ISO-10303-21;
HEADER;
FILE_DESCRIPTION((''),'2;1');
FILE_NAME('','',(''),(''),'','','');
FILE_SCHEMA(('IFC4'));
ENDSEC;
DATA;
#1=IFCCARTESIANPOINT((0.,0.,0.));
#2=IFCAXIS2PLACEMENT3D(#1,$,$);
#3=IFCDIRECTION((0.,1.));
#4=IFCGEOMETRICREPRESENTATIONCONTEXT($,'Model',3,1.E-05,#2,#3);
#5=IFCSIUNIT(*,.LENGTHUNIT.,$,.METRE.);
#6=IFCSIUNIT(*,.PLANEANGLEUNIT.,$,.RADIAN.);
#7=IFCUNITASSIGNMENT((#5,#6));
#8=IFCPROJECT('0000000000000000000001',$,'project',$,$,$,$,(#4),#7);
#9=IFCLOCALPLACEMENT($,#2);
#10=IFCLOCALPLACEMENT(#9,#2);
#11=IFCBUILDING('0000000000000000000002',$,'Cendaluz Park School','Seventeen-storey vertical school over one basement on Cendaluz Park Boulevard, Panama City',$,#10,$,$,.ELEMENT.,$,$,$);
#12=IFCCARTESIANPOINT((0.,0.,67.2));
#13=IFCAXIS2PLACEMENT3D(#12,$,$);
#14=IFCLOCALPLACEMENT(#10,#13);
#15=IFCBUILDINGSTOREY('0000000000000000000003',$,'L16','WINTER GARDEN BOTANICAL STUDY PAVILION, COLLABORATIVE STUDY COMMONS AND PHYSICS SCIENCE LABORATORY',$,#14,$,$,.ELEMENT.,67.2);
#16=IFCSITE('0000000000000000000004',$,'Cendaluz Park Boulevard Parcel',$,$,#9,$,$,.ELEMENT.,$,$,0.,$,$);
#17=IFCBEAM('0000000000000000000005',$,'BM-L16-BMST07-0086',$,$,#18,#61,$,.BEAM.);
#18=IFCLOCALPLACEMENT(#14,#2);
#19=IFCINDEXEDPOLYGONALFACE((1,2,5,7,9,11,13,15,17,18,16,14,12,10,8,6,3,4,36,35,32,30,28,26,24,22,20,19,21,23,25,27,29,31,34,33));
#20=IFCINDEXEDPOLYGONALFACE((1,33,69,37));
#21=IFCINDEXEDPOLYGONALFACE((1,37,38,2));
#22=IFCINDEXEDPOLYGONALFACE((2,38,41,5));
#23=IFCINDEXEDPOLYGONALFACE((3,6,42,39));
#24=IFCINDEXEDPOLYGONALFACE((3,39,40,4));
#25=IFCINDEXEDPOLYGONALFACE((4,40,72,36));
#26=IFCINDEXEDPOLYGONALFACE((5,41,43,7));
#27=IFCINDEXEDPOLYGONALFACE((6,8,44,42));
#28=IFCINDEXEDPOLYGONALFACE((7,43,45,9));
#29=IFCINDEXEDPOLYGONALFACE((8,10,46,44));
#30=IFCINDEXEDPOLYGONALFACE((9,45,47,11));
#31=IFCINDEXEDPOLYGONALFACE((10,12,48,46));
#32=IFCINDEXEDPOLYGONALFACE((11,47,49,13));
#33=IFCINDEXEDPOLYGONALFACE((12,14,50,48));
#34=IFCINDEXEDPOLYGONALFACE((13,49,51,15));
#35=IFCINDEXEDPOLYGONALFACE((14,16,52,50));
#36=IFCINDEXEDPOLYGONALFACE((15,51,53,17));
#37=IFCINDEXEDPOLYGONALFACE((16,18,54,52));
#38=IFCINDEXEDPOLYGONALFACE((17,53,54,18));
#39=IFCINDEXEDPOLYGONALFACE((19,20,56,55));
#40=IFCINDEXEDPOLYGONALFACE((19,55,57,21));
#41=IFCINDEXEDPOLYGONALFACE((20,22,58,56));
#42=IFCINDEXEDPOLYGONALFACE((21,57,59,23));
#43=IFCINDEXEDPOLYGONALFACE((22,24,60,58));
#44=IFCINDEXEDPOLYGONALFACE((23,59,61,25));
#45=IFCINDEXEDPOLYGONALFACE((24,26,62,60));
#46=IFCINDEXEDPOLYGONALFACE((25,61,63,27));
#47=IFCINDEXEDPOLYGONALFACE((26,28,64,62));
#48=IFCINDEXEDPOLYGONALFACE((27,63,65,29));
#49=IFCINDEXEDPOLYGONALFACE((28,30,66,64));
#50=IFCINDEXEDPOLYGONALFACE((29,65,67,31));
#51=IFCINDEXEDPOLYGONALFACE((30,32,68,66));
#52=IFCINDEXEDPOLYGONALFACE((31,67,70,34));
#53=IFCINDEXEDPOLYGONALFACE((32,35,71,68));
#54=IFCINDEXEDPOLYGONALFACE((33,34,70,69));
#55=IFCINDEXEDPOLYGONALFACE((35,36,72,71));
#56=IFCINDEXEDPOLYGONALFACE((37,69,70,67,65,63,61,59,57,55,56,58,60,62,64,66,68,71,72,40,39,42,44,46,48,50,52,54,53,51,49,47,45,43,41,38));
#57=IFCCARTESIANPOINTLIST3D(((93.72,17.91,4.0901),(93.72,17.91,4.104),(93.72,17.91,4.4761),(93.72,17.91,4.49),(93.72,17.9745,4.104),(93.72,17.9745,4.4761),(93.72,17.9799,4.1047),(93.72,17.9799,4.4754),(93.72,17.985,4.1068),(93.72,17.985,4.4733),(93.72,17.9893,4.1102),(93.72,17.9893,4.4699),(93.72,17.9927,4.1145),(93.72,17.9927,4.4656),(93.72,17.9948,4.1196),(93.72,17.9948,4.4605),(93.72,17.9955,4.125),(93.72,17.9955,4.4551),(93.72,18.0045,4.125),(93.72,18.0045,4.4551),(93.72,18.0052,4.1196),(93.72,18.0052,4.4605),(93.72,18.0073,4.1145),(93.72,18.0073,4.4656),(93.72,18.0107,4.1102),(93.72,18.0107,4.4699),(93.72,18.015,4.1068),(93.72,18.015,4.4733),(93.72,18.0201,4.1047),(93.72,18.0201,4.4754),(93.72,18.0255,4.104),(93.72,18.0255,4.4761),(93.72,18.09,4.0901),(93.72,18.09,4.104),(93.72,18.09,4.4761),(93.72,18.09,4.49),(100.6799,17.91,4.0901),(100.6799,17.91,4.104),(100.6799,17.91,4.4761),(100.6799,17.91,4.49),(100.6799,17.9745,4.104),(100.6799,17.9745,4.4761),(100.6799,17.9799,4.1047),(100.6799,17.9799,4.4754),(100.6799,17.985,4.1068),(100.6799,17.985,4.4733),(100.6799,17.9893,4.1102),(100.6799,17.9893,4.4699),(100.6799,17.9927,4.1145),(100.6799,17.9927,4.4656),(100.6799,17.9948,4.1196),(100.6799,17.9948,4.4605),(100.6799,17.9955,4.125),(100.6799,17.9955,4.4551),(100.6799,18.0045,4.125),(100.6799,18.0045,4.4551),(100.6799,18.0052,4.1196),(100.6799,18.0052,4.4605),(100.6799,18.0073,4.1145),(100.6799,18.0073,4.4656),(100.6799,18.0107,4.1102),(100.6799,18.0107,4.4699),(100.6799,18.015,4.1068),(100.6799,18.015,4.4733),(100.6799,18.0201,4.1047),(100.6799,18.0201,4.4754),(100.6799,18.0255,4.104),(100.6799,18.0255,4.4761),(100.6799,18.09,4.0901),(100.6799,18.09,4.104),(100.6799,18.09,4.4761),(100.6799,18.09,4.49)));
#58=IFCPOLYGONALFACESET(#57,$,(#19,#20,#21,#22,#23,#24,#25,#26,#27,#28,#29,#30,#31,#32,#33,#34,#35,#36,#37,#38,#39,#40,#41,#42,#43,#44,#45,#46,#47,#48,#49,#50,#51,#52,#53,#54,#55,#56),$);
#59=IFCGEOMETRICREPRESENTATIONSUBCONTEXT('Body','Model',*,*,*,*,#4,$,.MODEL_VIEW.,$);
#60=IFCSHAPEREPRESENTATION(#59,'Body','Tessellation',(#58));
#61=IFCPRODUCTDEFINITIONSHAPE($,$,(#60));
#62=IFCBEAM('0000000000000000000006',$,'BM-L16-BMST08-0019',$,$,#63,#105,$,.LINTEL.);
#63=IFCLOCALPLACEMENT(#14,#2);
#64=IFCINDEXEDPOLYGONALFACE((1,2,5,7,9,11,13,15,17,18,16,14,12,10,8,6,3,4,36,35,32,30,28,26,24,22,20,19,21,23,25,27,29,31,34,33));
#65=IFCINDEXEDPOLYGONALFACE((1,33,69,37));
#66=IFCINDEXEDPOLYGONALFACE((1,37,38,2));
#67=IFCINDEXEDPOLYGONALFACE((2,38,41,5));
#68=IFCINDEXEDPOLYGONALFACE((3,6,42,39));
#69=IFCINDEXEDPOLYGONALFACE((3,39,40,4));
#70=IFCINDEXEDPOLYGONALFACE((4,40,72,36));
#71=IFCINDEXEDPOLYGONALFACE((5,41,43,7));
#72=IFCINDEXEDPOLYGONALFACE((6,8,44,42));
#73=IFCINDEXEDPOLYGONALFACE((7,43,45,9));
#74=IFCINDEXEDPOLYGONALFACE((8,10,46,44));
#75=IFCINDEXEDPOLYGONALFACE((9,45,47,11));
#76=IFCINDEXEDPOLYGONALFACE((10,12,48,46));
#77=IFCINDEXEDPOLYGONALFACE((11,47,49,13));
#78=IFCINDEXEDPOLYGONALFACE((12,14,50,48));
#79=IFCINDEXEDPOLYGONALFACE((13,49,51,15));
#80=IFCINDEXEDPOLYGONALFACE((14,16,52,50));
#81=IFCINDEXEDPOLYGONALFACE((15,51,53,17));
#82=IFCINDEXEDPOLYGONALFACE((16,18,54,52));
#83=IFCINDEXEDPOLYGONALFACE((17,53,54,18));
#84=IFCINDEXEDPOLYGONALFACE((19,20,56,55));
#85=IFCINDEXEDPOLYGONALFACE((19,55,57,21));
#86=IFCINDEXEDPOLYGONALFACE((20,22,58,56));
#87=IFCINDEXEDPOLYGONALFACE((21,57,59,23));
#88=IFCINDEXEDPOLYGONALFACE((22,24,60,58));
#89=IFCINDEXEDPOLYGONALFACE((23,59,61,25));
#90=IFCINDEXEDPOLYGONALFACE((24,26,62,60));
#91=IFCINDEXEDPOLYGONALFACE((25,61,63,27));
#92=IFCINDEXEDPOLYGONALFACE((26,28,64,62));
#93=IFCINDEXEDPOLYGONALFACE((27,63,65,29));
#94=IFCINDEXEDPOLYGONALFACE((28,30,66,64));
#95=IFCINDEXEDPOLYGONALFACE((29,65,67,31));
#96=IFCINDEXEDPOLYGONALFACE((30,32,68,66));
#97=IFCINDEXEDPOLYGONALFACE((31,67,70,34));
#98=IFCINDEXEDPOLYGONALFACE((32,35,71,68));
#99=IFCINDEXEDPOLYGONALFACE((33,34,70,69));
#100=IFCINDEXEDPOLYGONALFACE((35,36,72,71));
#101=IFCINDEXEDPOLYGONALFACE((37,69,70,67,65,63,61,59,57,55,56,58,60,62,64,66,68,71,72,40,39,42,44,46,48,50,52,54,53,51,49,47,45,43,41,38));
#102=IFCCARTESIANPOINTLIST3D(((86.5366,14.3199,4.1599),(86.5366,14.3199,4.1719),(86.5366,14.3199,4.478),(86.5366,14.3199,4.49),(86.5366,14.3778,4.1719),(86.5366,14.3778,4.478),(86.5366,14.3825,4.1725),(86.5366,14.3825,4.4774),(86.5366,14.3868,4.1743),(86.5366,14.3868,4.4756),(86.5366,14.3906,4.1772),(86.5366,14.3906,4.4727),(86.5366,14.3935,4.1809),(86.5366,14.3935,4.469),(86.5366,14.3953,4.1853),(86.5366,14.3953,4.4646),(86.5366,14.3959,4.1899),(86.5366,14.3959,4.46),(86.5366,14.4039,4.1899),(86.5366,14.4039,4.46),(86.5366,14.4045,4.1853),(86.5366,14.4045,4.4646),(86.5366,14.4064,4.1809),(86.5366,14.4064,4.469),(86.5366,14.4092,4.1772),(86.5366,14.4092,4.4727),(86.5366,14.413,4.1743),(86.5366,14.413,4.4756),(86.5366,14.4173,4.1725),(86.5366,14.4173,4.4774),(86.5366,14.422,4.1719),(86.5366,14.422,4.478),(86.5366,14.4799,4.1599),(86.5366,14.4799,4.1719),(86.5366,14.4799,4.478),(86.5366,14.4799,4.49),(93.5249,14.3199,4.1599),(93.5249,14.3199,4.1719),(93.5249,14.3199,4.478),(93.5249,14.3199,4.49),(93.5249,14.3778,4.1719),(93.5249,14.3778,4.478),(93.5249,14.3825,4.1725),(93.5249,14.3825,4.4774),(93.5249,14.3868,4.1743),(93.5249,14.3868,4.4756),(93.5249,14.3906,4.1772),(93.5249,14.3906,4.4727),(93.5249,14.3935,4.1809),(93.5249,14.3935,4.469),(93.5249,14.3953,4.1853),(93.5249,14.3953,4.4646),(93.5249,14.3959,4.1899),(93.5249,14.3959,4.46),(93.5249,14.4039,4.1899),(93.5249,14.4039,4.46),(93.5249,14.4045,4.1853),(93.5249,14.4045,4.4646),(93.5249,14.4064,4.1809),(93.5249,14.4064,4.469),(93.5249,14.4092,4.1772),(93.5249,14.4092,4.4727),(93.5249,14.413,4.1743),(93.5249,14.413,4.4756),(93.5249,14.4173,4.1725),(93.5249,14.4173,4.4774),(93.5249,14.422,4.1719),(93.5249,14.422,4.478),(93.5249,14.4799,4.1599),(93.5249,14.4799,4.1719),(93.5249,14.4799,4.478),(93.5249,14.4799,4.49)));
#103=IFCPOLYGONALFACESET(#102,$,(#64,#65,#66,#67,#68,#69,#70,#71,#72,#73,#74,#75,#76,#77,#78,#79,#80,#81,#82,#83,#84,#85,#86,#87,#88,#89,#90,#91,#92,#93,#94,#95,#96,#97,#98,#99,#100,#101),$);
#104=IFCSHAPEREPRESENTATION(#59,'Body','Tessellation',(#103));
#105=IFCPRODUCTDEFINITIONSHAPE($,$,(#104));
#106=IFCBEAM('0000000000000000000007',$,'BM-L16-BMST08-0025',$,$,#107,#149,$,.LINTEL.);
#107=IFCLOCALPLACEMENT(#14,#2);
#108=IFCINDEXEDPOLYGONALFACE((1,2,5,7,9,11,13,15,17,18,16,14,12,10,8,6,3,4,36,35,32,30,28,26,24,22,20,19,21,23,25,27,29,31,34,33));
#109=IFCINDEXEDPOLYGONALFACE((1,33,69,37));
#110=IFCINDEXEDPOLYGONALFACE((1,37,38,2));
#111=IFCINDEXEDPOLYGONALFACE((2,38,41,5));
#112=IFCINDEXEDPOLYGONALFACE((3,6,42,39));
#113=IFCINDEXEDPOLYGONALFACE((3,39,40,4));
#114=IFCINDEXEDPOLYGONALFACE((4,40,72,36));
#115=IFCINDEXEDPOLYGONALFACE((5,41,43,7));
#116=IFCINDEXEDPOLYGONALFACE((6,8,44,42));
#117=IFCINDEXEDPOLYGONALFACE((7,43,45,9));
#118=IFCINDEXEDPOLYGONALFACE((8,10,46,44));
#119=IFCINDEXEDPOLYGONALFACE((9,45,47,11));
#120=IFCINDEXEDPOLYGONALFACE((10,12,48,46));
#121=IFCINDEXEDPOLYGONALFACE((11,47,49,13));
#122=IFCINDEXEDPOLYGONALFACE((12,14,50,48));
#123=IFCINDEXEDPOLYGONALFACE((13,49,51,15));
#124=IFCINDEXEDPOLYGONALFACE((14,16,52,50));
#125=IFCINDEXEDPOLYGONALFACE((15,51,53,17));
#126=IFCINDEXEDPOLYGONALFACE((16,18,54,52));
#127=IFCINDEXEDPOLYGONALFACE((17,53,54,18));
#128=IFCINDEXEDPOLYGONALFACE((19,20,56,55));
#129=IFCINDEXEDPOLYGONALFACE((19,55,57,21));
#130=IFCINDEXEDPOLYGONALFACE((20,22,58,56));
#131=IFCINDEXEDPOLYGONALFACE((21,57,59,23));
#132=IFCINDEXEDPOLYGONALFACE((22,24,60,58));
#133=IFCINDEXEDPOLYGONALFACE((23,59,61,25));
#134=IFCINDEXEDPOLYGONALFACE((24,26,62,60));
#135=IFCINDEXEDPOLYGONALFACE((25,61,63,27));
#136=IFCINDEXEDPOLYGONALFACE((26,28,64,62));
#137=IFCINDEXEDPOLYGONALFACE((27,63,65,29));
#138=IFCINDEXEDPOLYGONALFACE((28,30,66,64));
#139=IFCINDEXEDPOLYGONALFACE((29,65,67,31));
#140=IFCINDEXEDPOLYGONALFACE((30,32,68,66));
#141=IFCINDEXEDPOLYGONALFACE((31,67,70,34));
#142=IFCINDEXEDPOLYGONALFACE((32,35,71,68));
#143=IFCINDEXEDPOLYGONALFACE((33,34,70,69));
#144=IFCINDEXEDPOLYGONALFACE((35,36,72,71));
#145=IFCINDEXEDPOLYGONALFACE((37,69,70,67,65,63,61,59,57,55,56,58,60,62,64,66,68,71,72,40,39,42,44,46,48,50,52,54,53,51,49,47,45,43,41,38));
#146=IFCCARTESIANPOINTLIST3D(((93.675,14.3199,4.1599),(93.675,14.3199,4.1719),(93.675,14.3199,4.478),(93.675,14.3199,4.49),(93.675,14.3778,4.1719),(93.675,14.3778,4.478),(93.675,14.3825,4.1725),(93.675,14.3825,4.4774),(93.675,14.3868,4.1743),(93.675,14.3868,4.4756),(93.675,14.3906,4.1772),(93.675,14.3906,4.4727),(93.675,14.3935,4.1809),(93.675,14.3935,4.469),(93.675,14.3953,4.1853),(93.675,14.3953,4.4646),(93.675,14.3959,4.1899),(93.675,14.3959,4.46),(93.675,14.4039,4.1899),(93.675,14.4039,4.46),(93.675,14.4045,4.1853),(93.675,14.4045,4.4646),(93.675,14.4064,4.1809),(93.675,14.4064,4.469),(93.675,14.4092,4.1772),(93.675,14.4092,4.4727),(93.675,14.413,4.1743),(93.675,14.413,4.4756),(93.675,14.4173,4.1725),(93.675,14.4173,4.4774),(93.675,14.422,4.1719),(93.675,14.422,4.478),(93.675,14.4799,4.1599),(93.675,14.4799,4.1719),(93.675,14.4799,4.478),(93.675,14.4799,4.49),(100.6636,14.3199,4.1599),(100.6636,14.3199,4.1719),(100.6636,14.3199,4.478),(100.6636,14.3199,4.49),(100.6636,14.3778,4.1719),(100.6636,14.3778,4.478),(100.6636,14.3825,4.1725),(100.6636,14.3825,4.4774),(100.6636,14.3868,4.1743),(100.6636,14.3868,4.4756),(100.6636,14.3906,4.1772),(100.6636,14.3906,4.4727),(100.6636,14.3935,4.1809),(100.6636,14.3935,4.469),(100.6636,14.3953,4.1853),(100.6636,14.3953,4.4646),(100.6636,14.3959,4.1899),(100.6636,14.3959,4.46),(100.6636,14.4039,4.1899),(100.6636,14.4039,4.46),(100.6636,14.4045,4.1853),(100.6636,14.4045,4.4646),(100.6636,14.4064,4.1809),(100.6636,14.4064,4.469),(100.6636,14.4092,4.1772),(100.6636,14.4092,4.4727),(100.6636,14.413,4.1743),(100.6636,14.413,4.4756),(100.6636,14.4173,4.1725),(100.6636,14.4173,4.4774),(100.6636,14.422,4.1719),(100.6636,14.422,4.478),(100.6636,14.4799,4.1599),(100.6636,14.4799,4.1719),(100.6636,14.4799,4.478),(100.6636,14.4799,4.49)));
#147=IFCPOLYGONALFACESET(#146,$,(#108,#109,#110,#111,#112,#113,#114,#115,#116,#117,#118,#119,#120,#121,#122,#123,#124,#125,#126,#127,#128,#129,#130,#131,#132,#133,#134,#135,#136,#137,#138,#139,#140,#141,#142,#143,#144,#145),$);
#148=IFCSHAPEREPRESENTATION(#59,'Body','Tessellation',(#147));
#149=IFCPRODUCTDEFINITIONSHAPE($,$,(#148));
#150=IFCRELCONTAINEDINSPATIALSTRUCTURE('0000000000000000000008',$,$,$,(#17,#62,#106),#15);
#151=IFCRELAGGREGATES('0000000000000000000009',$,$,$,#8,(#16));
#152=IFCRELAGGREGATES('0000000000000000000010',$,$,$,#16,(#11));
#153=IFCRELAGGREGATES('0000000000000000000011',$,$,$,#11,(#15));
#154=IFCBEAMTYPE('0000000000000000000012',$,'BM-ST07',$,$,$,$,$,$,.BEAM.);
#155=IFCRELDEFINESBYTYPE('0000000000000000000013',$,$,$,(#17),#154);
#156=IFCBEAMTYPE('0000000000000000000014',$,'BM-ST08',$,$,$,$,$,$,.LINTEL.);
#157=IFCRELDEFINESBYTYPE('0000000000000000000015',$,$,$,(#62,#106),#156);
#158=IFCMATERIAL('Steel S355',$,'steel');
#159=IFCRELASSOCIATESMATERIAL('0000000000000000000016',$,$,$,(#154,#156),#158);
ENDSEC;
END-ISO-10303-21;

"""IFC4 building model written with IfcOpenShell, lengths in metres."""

from ifc_helpers import new_model, si_unit, direction, frame, origin, origin_2d, place, context, subcontext, project, spatial, i_section, extrude, material, material_profile, profile_set, type_object, element, save


model = new_model("IFC4")

# Units and contexts
model_context = context("Model", 3, precision=1e-05, world=origin(), true_north=direction((0.0, 1.0)))
body_context = subcontext(model_context, "Body", "Model", "MODEL_VIEW")
ifc_project = project(units=[si_unit("LENGTHUNIT", "METRE"), si_unit("PLANEANGLEUNIT", "RADIAN")], contexts=[model_context])

# Site, building, storey
site_placement = place(None, origin())
site = spatial("IfcSite", under=ifc_project, at=site_placement, Name="Cendaluz Park Boulevard Parcel", CompositionType="ELEMENT", RefElevation=0.0)
building_placement = place(site_placement, origin())
building = spatial("IfcBuilding", under=site, at=building_placement, Name="Cendaluz Park School", Description="Seventeen-storey vertical school over one basement on Cendaluz Park Boulevard, Panama City", CompositionType="ELEMENT")
storey_placement = place(building_placement, frame((0.0, 0.0, 67.2)))
storey = spatial("IfcBuildingStorey", under=building, at=storey_placement, Name="L16", Description="WINTER GARDEN BOTANICAL STUDY PAVILION, COLLABORATIVE STUDY COMMONS AND PHYSICS SCIENCE LABORATORY", CompositionType="ELEMENT", Elevation=67.2)

# Shared definitions
ifc_material_1 = material(Name="Steel S355", Category="steel")

# Beams
ifc_material_profile_1 = material_profile(ifc_material_1, i_section(OverallWidth=0.1799, OverallDepth=0.3999, WebThickness=0.009, FlangeThickness=0.0139, FilletRadius=0.021, at=origin_2d()), Name="IPE 400", Category="steel")
ifc_profile_set_1 = profile_set([ifc_material_profile_1], Name="Steel S355")
beam_type_1 = type_object("IfcBeamType", Name="BM-ST07", PredefinedType="BEAM", material=ifc_profile_set_1)
beam_1_placement = place(storey_placement, frame((93.72, 18.0, 4.29), z_axis=(1.0, 0.0, 0.0), x_axis=(0.0, 1.0, 0.0)))
element("IfcBeam", 1, at=beam_1_placement, inside=storey, type_object=beam_type_1, Name="BM-L16-BMST07-0086", PredefinedType="BEAM", context=body_context, shape_type="SweptSolid", body=[
    extrude(i_section(OverallWidth=0.1799, OverallDepth=0.3999, WebThickness=0.009, FlangeThickness=0.0139, FilletRadius=0.021, at=origin_2d()), origin(), (0.0, 0.0, 1.0), 6.96),
])
ifc_material_profile_2 = material_profile(ifc_material_1, i_section(OverallWidth=0.1599, OverallDepth=0.3301, WebThickness=0.0081, FlangeThickness=0.012, FilletRadius=0.0181, at=origin_2d()), Name="IPE 330", Category="steel")
ifc_profile_set_2 = profile_set([ifc_material_profile_2], Name="Steel S355")
beam_type_2 = type_object("IfcBeamType", Name="BM-ST08", PredefinedType="LINTEL", material=ifc_profile_set_2)
beam_2_placement = place(storey_placement, frame((86.5366, 14.3999, 4.325), z_axis=(1.0, 0.0, 0.0), x_axis=(0.0, 1.0, 0.0)))
element("IfcBeam", 2, at=beam_2_placement, inside=storey, type_object=beam_type_2, Name="BM-L16-BMST08-0019", PredefinedType="LINTEL", context=body_context, shape_type="SweptSolid", body=[
    extrude(i_section(OverallWidth=0.1599, OverallDepth=0.3301, WebThickness=0.0081, FlangeThickness=0.012, FilletRadius=0.0181, at=origin_2d()), origin(), (0.0, 0.0, 1.0), 6.9883),
])
beam_3_placement = place(storey_placement, frame((93.675, 14.3999, 4.325), z_axis=(1.0, 0.0, 0.0), x_axis=(0.0, 1.0, 0.0)))
element("IfcBeam", 3, at=beam_3_placement, inside=storey, type_object=beam_type_2, Name="BM-L16-BMST08-0025", PredefinedType="LINTEL", context=body_context, shape_type="SweptSolid", body=[
    extrude(i_section(OverallWidth=0.1599, OverallDepth=0.3301, WebThickness=0.0081, FlangeThickness=0.012, FilletRadius=0.0181, at=origin_2d()), origin(), (0.0, 0.0, 1.0), 6.9885),
])

save(model, "model.ifc")
